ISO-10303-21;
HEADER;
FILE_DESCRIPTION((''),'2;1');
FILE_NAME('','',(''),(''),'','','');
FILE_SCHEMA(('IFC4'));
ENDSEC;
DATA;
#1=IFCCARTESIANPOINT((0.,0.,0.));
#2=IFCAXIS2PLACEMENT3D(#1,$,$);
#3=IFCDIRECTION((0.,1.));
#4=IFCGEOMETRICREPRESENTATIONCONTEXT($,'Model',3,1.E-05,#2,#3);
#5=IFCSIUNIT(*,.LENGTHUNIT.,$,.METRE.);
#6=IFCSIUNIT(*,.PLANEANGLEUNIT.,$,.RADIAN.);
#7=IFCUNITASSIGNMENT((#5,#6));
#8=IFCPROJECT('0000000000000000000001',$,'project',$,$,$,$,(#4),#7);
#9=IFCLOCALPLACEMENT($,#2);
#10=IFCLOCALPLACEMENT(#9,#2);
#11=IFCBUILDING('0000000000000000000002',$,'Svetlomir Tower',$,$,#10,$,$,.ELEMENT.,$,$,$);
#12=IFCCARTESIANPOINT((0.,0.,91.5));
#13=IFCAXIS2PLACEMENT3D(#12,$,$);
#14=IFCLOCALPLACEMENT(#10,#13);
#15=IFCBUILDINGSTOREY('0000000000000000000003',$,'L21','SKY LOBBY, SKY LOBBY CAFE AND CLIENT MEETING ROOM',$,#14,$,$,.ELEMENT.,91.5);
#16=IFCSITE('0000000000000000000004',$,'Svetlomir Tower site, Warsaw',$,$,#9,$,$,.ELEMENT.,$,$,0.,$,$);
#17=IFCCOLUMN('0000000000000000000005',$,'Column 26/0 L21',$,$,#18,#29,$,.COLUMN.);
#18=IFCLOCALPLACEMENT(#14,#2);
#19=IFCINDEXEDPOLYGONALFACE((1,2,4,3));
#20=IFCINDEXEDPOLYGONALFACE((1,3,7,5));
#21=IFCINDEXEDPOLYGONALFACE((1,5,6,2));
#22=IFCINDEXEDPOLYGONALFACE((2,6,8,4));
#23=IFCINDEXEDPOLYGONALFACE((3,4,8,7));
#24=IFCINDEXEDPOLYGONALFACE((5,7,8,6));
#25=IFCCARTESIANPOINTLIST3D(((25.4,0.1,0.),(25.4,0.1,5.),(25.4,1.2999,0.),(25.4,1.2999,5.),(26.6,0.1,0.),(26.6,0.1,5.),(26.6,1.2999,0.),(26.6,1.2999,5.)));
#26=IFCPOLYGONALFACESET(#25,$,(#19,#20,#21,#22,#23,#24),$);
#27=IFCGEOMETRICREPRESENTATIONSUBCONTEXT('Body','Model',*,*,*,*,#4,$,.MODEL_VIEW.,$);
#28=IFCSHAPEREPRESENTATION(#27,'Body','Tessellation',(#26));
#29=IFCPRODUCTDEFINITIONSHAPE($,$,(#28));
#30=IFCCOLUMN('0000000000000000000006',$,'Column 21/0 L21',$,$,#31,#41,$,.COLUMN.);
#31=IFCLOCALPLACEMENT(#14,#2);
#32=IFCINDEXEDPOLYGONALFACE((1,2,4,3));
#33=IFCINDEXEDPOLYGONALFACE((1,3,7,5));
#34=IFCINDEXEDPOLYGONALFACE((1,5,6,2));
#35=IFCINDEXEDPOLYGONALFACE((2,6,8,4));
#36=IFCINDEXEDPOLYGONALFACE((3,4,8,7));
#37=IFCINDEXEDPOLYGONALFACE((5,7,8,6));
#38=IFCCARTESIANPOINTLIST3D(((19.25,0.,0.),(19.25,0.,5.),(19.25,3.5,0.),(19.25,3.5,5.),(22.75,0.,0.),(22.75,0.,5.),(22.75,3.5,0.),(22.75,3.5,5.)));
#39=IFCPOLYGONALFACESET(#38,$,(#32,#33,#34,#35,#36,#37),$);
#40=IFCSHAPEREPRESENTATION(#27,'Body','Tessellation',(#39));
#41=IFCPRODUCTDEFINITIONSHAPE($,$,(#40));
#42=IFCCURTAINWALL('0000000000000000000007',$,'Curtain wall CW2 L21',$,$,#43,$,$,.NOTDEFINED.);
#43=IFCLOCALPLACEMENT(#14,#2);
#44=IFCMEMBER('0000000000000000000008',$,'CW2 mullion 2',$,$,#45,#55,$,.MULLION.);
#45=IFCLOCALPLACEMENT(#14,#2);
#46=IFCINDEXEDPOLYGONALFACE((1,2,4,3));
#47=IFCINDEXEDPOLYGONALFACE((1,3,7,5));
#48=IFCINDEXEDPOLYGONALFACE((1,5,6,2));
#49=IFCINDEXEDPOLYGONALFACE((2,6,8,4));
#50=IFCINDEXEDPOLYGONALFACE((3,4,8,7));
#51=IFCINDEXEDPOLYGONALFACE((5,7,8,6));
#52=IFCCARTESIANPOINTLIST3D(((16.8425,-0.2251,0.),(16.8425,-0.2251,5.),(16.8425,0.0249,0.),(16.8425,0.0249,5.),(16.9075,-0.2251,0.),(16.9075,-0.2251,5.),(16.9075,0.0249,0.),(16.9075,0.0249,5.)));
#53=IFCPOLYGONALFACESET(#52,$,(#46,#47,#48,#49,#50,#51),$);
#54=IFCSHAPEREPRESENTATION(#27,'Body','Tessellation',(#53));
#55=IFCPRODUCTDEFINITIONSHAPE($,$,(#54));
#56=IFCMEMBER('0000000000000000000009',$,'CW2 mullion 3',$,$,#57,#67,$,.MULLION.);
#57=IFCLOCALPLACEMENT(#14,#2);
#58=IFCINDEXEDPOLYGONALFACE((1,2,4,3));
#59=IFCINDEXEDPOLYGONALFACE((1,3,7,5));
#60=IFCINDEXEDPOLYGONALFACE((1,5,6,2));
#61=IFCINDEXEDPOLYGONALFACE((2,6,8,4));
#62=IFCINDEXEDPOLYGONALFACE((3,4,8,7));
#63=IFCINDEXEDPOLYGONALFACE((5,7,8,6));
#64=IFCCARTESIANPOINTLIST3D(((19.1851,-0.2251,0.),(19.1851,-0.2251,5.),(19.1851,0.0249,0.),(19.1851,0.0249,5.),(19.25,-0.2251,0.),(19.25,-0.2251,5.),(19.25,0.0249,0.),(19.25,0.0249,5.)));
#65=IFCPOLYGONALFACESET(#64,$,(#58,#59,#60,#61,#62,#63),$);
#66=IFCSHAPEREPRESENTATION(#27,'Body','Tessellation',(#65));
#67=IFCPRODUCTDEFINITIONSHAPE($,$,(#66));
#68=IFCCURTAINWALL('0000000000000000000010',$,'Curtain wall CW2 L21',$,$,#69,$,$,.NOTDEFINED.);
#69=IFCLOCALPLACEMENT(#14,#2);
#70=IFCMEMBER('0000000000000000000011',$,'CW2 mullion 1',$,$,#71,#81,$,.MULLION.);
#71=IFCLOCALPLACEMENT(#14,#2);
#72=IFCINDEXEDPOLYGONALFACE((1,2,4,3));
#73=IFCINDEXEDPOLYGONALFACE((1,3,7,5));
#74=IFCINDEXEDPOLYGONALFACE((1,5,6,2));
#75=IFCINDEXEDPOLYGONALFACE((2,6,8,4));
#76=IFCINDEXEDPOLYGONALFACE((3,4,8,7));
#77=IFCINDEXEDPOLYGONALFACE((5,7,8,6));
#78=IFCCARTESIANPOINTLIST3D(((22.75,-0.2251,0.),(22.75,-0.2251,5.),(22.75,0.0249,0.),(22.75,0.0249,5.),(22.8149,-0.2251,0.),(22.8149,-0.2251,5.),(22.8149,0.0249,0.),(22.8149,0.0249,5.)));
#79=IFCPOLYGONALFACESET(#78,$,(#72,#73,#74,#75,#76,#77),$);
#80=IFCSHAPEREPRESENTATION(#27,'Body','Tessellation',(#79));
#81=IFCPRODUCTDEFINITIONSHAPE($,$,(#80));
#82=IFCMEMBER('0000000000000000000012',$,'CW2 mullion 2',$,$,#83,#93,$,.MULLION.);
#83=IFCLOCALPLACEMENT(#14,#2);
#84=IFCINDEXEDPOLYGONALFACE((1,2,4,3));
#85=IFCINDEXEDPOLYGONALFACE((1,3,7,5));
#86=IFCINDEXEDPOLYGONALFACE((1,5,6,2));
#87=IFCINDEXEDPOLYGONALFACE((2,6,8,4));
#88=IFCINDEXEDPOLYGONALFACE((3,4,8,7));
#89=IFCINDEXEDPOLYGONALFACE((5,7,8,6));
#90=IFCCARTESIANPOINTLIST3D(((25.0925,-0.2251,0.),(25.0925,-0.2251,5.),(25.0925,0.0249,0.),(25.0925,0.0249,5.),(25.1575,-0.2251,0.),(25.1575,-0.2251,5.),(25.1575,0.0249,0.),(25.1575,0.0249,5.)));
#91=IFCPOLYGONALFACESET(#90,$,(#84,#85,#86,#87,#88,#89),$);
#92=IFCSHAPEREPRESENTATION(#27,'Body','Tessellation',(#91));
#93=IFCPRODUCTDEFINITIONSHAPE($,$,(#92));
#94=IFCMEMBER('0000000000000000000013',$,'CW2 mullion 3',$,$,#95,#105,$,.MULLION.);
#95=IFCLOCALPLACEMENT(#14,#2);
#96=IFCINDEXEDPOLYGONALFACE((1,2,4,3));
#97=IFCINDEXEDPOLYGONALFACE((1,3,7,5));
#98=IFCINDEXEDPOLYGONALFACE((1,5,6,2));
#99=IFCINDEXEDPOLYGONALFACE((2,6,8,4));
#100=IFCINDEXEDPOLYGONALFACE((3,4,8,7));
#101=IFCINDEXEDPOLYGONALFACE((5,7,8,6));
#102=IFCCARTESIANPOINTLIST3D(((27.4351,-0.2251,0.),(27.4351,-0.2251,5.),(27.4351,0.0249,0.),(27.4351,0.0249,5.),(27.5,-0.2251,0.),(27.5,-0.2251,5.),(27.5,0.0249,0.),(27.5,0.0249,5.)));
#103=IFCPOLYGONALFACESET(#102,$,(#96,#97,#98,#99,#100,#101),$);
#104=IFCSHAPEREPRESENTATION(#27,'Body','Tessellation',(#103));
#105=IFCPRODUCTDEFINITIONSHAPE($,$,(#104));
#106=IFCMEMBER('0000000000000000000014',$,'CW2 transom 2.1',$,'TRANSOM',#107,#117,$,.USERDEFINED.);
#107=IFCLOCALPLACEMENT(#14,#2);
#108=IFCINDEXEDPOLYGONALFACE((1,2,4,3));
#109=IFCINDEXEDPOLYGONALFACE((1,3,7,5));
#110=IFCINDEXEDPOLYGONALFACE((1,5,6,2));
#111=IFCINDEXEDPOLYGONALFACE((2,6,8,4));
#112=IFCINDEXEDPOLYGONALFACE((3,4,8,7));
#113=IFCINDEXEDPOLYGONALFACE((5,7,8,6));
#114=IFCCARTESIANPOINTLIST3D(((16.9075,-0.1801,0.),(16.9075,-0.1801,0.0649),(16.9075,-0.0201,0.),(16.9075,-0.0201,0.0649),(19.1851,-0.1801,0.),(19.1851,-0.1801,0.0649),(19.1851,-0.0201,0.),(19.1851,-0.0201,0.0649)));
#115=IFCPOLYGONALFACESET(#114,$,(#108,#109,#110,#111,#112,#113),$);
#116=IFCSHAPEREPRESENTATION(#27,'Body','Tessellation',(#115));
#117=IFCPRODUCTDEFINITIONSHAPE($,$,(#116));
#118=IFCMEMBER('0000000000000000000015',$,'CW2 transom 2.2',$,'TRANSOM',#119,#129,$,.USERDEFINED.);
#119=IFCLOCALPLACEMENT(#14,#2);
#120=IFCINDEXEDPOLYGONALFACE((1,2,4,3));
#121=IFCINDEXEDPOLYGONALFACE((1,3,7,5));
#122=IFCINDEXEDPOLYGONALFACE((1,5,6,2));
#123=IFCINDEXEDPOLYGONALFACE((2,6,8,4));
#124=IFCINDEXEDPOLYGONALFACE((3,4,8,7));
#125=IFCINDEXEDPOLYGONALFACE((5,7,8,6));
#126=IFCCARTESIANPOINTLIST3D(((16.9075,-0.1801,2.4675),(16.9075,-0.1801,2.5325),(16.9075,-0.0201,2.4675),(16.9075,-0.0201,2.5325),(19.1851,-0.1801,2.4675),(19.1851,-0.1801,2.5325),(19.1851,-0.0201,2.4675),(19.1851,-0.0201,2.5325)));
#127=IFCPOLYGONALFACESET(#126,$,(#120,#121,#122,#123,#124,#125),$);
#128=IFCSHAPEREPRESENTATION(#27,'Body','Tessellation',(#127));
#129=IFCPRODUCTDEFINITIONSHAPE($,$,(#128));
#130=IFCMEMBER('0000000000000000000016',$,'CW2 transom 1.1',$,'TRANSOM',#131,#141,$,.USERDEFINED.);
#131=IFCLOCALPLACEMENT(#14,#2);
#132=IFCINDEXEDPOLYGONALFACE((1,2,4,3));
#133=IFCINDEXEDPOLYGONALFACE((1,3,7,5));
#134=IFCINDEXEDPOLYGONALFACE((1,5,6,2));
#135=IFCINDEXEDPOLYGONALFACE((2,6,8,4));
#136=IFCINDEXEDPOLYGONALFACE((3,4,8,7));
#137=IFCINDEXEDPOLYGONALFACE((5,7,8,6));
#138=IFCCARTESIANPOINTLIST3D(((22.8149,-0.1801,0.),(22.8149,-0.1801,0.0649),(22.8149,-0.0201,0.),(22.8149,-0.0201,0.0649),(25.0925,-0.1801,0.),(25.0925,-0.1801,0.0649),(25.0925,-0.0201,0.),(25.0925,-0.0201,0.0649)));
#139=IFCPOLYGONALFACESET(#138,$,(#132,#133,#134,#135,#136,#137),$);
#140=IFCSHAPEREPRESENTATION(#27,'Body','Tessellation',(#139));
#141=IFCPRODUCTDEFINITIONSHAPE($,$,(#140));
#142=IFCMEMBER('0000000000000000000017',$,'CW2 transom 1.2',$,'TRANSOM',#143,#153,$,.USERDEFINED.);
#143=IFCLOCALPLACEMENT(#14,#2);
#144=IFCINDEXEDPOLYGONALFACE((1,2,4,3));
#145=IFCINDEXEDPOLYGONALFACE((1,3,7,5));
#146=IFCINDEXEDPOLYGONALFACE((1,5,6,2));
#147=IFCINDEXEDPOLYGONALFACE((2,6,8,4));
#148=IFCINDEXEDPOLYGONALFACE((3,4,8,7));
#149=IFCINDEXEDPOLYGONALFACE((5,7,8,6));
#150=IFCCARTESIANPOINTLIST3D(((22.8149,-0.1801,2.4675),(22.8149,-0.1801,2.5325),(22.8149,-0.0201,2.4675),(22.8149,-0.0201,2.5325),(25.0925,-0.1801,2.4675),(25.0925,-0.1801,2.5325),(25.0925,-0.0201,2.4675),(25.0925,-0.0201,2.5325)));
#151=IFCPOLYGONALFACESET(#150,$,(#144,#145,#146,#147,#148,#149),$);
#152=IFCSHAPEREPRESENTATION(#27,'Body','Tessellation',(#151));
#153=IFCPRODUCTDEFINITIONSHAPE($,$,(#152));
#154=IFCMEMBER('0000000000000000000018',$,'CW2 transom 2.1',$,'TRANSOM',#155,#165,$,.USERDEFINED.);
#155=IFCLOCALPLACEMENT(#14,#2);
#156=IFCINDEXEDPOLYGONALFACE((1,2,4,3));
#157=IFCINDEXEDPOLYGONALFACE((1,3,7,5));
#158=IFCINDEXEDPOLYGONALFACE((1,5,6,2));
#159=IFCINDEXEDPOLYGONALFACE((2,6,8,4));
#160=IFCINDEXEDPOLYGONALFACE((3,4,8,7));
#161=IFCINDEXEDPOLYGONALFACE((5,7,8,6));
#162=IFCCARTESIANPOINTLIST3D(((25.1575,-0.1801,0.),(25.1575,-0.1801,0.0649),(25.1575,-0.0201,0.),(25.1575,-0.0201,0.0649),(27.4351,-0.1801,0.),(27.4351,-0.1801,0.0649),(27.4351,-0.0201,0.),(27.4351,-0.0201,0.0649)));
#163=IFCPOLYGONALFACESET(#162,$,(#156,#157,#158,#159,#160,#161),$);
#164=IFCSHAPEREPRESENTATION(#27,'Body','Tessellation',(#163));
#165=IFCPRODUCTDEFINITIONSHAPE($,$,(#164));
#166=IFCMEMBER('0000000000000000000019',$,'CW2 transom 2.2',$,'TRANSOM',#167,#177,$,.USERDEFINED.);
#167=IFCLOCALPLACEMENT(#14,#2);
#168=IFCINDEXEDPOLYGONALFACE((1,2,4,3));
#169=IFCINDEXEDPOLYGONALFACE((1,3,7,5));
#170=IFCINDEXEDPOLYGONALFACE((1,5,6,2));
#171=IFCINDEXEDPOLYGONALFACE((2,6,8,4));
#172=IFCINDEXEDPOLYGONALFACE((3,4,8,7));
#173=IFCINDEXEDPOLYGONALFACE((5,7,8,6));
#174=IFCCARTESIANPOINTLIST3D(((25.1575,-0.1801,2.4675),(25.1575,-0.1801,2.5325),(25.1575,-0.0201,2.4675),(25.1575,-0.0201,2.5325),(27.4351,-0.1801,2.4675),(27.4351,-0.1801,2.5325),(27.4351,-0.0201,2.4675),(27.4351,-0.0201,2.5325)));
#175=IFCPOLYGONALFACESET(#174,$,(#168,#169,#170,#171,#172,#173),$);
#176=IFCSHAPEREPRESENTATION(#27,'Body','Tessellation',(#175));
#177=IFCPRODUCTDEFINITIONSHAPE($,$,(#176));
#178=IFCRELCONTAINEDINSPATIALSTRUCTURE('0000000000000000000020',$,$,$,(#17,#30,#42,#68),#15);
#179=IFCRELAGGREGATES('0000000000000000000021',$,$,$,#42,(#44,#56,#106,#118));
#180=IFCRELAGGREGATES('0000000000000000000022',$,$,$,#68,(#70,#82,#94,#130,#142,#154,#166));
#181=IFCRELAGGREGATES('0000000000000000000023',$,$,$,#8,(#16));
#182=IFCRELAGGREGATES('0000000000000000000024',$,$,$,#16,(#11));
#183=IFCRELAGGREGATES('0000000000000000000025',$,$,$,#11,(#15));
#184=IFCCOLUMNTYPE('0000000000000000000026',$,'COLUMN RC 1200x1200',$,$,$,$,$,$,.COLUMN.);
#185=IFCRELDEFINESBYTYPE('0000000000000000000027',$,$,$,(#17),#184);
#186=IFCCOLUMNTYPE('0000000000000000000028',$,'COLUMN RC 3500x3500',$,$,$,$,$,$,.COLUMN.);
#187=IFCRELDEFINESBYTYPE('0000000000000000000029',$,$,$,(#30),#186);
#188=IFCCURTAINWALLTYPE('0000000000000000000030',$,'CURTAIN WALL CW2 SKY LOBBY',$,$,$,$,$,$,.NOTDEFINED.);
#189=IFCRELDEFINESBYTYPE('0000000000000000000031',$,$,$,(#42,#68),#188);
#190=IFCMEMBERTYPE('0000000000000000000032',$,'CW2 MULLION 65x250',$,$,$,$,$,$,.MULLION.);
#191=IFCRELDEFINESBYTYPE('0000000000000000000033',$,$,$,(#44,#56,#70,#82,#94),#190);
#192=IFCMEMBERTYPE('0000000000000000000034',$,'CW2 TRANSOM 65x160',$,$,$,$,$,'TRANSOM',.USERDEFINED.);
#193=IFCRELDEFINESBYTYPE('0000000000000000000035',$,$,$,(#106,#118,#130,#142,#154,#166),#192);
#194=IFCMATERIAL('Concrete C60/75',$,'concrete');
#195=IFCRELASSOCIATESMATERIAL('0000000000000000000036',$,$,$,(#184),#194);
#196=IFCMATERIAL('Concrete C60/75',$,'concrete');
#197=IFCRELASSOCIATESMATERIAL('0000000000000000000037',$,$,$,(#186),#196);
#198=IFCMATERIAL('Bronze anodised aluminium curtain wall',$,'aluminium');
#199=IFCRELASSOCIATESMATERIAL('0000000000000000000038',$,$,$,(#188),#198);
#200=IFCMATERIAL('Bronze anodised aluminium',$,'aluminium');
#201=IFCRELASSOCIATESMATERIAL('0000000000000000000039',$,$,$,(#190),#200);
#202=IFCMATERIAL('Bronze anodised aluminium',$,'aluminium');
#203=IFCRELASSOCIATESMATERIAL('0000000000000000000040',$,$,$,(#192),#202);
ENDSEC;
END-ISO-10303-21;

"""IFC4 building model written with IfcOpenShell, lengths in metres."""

from ifc_helpers import new_model, si_unit, direction, frame, origin, origin_2d, place, context, subcontext, project, spatial, rectangle, extrude, material, material_profile, profile_set, type_object, element, aggregate, save


model = new_model("IFC4")

# Units and contexts
model_context = context("Model", 3, precision=1e-05, world=origin(), true_north=direction((0.0, 1.0)))
body_context = subcontext(model_context, "Body", "Model", "MODEL_VIEW")
ifc_project = project(units=[si_unit("LENGTHUNIT", "METRE"), si_unit("PLANEANGLEUNIT", "RADIAN")], contexts=[model_context])

# Site, building, storey
site_placement = place(None, origin())
site = spatial("IfcSite", under=ifc_project, at=site_placement, Name="Svetlomir Tower site, Warsaw", CompositionType="ELEMENT", RefElevation=0.0)
building_placement = place(site_placement, origin())
building = spatial("IfcBuilding", under=site, at=building_placement, Name="Svetlomir Tower", CompositionType="ELEMENT")
storey_placement = place(building_placement, frame((0.0, 0.0, 91.5)))
storey = spatial("IfcBuildingStorey", under=building, at=storey_placement, Name="L21", Description="SKY LOBBY, SKY LOBBY CAFE AND CLIENT MEETING ROOM", CompositionType="ELEMENT", Elevation=91.5)

# Columns
ifc_material_1 = material(Name="Concrete C60/75", Category="concrete")
ifc_material_profile_1 = material_profile(ifc_material_1, rectangle(XDim=1.2, YDim=1.2, at=origin_2d()), Name="RC 1200x1200")
ifc_profile_set_1 = profile_set([ifc_material_profile_1], Name="Concrete C60/75")
column_type_1 = type_object("IfcColumnType", Name="COLUMN RC 1200x1200", PredefinedType="COLUMN", material=ifc_profile_set_1)
column_1_placement = place(storey_placement, frame((26.0, 0.7, 0.0), z_axis=(0.0, 0.0, 1.0), x_axis=(1.0, 0.0, 0.0)))
element("IfcColumn", 1, at=column_1_placement, inside=storey, type_object=column_type_1, Name="Column 26/0 L21", PredefinedType="COLUMN", context=body_context, shape_type="SweptSolid", body=[
    extrude(rectangle(XDim=1.2, YDim=1.2, at=origin_2d()), origin(), (0.0, 0.0, 1.0), 5.0),
])
ifc_material_2 = material(Name="Concrete C60/75", Category="concrete")
ifc_material_profile_2 = material_profile(ifc_material_2, rectangle(XDim=3.5, YDim=3.5, at=origin_2d()), Name="RC 3500x3500")
ifc_profile_set_2 = profile_set([ifc_material_profile_2], Name="Concrete C60/75")
column_type_2 = type_object("IfcColumnType", Name="COLUMN RC 3500x3500", PredefinedType="COLUMN", material=ifc_profile_set_2)
column_2_placement = place(storey_placement, frame((21.0, 1.75, 0.0), z_axis=(0.0, 0.0, 1.0), x_axis=(1.0, 0.0, 0.0)))
element("IfcColumn", 2, at=column_2_placement, inside=storey, type_object=column_type_2, Name="Column 21/0 L21", PredefinedType="COLUMN", context=body_context, shape_type="SweptSolid", body=[
    extrude(rectangle(XDim=3.5, YDim=3.5, at=origin_2d()), origin(), (0.0, 0.0, 1.0), 5.0),
])

# Curtain walls, members
ifc_material_3 = material(Name="Bronze anodised aluminium curtain wall", Category="aluminium")
curtain_wall_type = type_object("IfcCurtainWallType", Name="CURTAIN WALL CW2 SKY LOBBY", PredefinedType="NOTDEFINED", material=ifc_material_3)
curtain_wall_1_placement = place(storey_placement, origin())
curtain_wall_1 = element("IfcCurtainWall", 3, at=curtain_wall_1_placement, inside=storey, type_object=curtain_wall_type, Name="Curtain wall CW2 L21", PredefinedType="NOTDEFINED")
ifc_material_4 = material(Name="Bronze anodised aluminium", Category="aluminium")
ifc_material_profile_3 = material_profile(ifc_material_4, rectangle(XDim=0.0649, YDim=0.25, at=origin_2d()), Name="AL 65x250")
ifc_profile_set_3 = profile_set([ifc_material_profile_3], Name="Bronze anodised aluminium 6063-T6")
member_type_1 = type_object("IfcMemberType", Name="CW2 MULLION 65x250", PredefinedType="MULLION", material=ifc_profile_set_3)
member_1_placement = place(storey_placement, frame((16.875, -0.1001, 0.0), z_axis=(0.0, 0.0, 1.0), x_axis=(1.0, 0.0, 0.0)))
member_1 = element("IfcMember", 4, at=member_1_placement, type_object=member_type_1, Name="CW2 mullion 2", PredefinedType="MULLION", context=body_context, shape_type="SweptSolid", body=[
    extrude(rectangle(XDim=0.0649, YDim=0.25, at=origin_2d()), origin(), (0.0, 0.0, 1.0), 5.0),
])
member_2_placement = place(storey_placement, frame((19.2175, -0.1001, 0.0), z_axis=(0.0, 0.0, 1.0), x_axis=(1.0, 0.0, 0.0)))
member_2 = element("IfcMember", 5, at=member_2_placement, type_object=member_type_1, Name="CW2 mullion 3", PredefinedType="MULLION", context=body_context, shape_type="SweptSolid", body=[
    extrude(rectangle(XDim=0.0649, YDim=0.25, at=origin_2d()), origin(), (0.0, 0.0, 1.0), 5.0),
])
curtain_wall_2_placement = place(storey_placement, origin())
curtain_wall_2 = element("IfcCurtainWall", 6, at=curtain_wall_2_placement, inside=storey, type_object=curtain_wall_type, Name="Curtain wall CW2 L21", PredefinedType="NOTDEFINED")
member_3_placement = place(storey_placement, frame((22.7825, -0.1001, 0.0), z_axis=(0.0, 0.0, 1.0), x_axis=(1.0, 0.0, 0.0)))
member_3 = element("IfcMember", 7, at=member_3_placement, type_object=member_type_1, Name="CW2 mullion 1", PredefinedType="MULLION", context=body_context, shape_type="SweptSolid", body=[
    extrude(rectangle(XDim=0.0649, YDim=0.25, at=origin_2d()), origin(), (0.0, 0.0, 1.0), 5.0),
])
member_4_placement = place(storey_placement, frame((25.125, -0.1001, 0.0), z_axis=(0.0, 0.0, 1.0), x_axis=(1.0, 0.0, 0.0)))
member_4 = element("IfcMember", 8, at=member_4_placement, type_object=member_type_1, Name="CW2 mullion 2", PredefinedType="MULLION", context=body_context, shape_type="SweptSolid", body=[
    extrude(rectangle(XDim=0.0649, YDim=0.25, at=origin_2d()), origin(), (0.0, 0.0, 1.0), 5.0),
])
member_5_placement = place(storey_placement, frame((27.4675, -0.1001, 0.0), z_axis=(0.0, 0.0, 1.0), x_axis=(1.0, 0.0, 0.0)))
member_5 = element("IfcMember", 9, at=member_5_placement, type_object=member_type_1, Name="CW2 mullion 3", PredefinedType="MULLION", context=body_context, shape_type="SweptSolid", body=[
    extrude(rectangle(XDim=0.0649, YDim=0.25, at=origin_2d()), origin(), (0.0, 0.0, 1.0), 5.0),
])

# Members
ifc_material_5 = material(Name="Bronze anodised aluminium", Category="aluminium")
ifc_material_profile_4 = material_profile(ifc_material_5, rectangle(XDim=0.1599, YDim=0.0649, at=origin_2d()), Name="AL 160x65")
ifc_profile_set_4 = profile_set([ifc_material_profile_4], Name="Bronze anodised aluminium 6063-T6")
member_type_2 = type_object("IfcMemberType", Name="CW2 TRANSOM 65x160", ElementType="TRANSOM", PredefinedType="USERDEFINED", material=ifc_profile_set_4)
member_6_placement = place(storey_placement, frame((16.9075, -0.1001, 0.0325), z_axis=(1.0, 0.0, 0.0), x_axis=(0.0, 1.0, 0.0)))
member_6 = element("IfcMember", 10, at=member_6_placement, type_object=member_type_2, Name="CW2 transom 2.1", ObjectType="TRANSOM", PredefinedType="USERDEFINED", context=body_context, shape_type="SweptSolid", body=[
    extrude(rectangle(XDim=0.1599, YDim=0.0649, at=origin_2d()), origin(), (0.0, 0.0, 1.0), 2.2776),
])
member_7_placement = place(storey_placement, frame((16.9075, -0.1001, 2.5), z_axis=(1.0, 0.0, 0.0), x_axis=(0.0, 1.0, 0.0)))
member_7 = element("IfcMember", 11, at=member_7_placement, type_object=member_type_2, Name="CW2 transom 2.2", ObjectType="TRANSOM", PredefinedType="USERDEFINED", context=body_context, shape_type="SweptSolid", body=[
    extrude(rectangle(XDim=0.1599, YDim=0.0649, at=origin_2d()), origin(), (0.0, 0.0, 1.0), 2.2776),
])
member_8_placement = place(storey_placement, frame((22.8149, -0.1001, 0.0325), z_axis=(1.0, 0.0, 0.0), x_axis=(0.0, 1.0, 0.0)))
member_8 = element("IfcMember", 12, at=member_8_placement, type_object=member_type_2, Name="CW2 transom 1.1", ObjectType="TRANSOM", PredefinedType="USERDEFINED", context=body_context, shape_type="SweptSolid", body=[
    extrude(rectangle(XDim=0.1599, YDim=0.0649, at=origin_2d()), origin(), (0.0, 0.0, 1.0), 2.2776),
])
member_9_placement = place(storey_placement, frame((22.8149, -0.1001, 2.5), z_axis=(1.0, 0.0, 0.0), x_axis=(0.0, 1.0, 0.0)))
member_9 = element("IfcMember", 13, at=member_9_placement, type_object=member_type_2, Name="CW2 transom 1.2", ObjectType="TRANSOM", PredefinedType="USERDEFINED", context=body_context, shape_type="SweptSolid", body=[
    extrude(rectangle(XDim=0.1599, YDim=0.0649, at=origin_2d()), origin(), (0.0, 0.0, 1.0), 2.2776),
])
member_10_placement = place(storey_placement, frame((25.1575, -0.1001, 0.0325), z_axis=(1.0, 0.0, 0.0), x_axis=(0.0, 1.0, 0.0)))
member_10 = element("IfcMember", 14, at=member_10_placement, type_object=member_type_2, Name="CW2 transom 2.1", ObjectType="TRANSOM", PredefinedType="USERDEFINED", context=body_context, shape_type="SweptSolid", body=[
    extrude(rectangle(XDim=0.1599, YDim=0.0649, at=origin_2d()), origin(), (0.0, 0.0, 1.0), 2.2776),
])
member_11_placement = place(storey_placement, frame((25.1575, -0.1001, 2.5), z_axis=(1.0, 0.0, 0.0), x_axis=(0.0, 1.0, 0.0)))
member_11 = element("IfcMember", 15, at=member_11_placement, type_object=member_type_2, Name="CW2 transom 2.2", ObjectType="TRANSOM", PredefinedType="USERDEFINED", context=body_context, shape_type="SweptSolid", body=[
    extrude(rectangle(XDim=0.1599, YDim=0.0649, at=origin_2d()), origin(), (0.0, 0.0, 1.0), 2.2776),
])

aggregate(curtain_wall_1, [member_1, member_2, member_6, member_7])
aggregate(curtain_wall_2, [member_3, member_4, member_5, member_8, member_9, member_10, member_11])

save(model, "model.ifc")
